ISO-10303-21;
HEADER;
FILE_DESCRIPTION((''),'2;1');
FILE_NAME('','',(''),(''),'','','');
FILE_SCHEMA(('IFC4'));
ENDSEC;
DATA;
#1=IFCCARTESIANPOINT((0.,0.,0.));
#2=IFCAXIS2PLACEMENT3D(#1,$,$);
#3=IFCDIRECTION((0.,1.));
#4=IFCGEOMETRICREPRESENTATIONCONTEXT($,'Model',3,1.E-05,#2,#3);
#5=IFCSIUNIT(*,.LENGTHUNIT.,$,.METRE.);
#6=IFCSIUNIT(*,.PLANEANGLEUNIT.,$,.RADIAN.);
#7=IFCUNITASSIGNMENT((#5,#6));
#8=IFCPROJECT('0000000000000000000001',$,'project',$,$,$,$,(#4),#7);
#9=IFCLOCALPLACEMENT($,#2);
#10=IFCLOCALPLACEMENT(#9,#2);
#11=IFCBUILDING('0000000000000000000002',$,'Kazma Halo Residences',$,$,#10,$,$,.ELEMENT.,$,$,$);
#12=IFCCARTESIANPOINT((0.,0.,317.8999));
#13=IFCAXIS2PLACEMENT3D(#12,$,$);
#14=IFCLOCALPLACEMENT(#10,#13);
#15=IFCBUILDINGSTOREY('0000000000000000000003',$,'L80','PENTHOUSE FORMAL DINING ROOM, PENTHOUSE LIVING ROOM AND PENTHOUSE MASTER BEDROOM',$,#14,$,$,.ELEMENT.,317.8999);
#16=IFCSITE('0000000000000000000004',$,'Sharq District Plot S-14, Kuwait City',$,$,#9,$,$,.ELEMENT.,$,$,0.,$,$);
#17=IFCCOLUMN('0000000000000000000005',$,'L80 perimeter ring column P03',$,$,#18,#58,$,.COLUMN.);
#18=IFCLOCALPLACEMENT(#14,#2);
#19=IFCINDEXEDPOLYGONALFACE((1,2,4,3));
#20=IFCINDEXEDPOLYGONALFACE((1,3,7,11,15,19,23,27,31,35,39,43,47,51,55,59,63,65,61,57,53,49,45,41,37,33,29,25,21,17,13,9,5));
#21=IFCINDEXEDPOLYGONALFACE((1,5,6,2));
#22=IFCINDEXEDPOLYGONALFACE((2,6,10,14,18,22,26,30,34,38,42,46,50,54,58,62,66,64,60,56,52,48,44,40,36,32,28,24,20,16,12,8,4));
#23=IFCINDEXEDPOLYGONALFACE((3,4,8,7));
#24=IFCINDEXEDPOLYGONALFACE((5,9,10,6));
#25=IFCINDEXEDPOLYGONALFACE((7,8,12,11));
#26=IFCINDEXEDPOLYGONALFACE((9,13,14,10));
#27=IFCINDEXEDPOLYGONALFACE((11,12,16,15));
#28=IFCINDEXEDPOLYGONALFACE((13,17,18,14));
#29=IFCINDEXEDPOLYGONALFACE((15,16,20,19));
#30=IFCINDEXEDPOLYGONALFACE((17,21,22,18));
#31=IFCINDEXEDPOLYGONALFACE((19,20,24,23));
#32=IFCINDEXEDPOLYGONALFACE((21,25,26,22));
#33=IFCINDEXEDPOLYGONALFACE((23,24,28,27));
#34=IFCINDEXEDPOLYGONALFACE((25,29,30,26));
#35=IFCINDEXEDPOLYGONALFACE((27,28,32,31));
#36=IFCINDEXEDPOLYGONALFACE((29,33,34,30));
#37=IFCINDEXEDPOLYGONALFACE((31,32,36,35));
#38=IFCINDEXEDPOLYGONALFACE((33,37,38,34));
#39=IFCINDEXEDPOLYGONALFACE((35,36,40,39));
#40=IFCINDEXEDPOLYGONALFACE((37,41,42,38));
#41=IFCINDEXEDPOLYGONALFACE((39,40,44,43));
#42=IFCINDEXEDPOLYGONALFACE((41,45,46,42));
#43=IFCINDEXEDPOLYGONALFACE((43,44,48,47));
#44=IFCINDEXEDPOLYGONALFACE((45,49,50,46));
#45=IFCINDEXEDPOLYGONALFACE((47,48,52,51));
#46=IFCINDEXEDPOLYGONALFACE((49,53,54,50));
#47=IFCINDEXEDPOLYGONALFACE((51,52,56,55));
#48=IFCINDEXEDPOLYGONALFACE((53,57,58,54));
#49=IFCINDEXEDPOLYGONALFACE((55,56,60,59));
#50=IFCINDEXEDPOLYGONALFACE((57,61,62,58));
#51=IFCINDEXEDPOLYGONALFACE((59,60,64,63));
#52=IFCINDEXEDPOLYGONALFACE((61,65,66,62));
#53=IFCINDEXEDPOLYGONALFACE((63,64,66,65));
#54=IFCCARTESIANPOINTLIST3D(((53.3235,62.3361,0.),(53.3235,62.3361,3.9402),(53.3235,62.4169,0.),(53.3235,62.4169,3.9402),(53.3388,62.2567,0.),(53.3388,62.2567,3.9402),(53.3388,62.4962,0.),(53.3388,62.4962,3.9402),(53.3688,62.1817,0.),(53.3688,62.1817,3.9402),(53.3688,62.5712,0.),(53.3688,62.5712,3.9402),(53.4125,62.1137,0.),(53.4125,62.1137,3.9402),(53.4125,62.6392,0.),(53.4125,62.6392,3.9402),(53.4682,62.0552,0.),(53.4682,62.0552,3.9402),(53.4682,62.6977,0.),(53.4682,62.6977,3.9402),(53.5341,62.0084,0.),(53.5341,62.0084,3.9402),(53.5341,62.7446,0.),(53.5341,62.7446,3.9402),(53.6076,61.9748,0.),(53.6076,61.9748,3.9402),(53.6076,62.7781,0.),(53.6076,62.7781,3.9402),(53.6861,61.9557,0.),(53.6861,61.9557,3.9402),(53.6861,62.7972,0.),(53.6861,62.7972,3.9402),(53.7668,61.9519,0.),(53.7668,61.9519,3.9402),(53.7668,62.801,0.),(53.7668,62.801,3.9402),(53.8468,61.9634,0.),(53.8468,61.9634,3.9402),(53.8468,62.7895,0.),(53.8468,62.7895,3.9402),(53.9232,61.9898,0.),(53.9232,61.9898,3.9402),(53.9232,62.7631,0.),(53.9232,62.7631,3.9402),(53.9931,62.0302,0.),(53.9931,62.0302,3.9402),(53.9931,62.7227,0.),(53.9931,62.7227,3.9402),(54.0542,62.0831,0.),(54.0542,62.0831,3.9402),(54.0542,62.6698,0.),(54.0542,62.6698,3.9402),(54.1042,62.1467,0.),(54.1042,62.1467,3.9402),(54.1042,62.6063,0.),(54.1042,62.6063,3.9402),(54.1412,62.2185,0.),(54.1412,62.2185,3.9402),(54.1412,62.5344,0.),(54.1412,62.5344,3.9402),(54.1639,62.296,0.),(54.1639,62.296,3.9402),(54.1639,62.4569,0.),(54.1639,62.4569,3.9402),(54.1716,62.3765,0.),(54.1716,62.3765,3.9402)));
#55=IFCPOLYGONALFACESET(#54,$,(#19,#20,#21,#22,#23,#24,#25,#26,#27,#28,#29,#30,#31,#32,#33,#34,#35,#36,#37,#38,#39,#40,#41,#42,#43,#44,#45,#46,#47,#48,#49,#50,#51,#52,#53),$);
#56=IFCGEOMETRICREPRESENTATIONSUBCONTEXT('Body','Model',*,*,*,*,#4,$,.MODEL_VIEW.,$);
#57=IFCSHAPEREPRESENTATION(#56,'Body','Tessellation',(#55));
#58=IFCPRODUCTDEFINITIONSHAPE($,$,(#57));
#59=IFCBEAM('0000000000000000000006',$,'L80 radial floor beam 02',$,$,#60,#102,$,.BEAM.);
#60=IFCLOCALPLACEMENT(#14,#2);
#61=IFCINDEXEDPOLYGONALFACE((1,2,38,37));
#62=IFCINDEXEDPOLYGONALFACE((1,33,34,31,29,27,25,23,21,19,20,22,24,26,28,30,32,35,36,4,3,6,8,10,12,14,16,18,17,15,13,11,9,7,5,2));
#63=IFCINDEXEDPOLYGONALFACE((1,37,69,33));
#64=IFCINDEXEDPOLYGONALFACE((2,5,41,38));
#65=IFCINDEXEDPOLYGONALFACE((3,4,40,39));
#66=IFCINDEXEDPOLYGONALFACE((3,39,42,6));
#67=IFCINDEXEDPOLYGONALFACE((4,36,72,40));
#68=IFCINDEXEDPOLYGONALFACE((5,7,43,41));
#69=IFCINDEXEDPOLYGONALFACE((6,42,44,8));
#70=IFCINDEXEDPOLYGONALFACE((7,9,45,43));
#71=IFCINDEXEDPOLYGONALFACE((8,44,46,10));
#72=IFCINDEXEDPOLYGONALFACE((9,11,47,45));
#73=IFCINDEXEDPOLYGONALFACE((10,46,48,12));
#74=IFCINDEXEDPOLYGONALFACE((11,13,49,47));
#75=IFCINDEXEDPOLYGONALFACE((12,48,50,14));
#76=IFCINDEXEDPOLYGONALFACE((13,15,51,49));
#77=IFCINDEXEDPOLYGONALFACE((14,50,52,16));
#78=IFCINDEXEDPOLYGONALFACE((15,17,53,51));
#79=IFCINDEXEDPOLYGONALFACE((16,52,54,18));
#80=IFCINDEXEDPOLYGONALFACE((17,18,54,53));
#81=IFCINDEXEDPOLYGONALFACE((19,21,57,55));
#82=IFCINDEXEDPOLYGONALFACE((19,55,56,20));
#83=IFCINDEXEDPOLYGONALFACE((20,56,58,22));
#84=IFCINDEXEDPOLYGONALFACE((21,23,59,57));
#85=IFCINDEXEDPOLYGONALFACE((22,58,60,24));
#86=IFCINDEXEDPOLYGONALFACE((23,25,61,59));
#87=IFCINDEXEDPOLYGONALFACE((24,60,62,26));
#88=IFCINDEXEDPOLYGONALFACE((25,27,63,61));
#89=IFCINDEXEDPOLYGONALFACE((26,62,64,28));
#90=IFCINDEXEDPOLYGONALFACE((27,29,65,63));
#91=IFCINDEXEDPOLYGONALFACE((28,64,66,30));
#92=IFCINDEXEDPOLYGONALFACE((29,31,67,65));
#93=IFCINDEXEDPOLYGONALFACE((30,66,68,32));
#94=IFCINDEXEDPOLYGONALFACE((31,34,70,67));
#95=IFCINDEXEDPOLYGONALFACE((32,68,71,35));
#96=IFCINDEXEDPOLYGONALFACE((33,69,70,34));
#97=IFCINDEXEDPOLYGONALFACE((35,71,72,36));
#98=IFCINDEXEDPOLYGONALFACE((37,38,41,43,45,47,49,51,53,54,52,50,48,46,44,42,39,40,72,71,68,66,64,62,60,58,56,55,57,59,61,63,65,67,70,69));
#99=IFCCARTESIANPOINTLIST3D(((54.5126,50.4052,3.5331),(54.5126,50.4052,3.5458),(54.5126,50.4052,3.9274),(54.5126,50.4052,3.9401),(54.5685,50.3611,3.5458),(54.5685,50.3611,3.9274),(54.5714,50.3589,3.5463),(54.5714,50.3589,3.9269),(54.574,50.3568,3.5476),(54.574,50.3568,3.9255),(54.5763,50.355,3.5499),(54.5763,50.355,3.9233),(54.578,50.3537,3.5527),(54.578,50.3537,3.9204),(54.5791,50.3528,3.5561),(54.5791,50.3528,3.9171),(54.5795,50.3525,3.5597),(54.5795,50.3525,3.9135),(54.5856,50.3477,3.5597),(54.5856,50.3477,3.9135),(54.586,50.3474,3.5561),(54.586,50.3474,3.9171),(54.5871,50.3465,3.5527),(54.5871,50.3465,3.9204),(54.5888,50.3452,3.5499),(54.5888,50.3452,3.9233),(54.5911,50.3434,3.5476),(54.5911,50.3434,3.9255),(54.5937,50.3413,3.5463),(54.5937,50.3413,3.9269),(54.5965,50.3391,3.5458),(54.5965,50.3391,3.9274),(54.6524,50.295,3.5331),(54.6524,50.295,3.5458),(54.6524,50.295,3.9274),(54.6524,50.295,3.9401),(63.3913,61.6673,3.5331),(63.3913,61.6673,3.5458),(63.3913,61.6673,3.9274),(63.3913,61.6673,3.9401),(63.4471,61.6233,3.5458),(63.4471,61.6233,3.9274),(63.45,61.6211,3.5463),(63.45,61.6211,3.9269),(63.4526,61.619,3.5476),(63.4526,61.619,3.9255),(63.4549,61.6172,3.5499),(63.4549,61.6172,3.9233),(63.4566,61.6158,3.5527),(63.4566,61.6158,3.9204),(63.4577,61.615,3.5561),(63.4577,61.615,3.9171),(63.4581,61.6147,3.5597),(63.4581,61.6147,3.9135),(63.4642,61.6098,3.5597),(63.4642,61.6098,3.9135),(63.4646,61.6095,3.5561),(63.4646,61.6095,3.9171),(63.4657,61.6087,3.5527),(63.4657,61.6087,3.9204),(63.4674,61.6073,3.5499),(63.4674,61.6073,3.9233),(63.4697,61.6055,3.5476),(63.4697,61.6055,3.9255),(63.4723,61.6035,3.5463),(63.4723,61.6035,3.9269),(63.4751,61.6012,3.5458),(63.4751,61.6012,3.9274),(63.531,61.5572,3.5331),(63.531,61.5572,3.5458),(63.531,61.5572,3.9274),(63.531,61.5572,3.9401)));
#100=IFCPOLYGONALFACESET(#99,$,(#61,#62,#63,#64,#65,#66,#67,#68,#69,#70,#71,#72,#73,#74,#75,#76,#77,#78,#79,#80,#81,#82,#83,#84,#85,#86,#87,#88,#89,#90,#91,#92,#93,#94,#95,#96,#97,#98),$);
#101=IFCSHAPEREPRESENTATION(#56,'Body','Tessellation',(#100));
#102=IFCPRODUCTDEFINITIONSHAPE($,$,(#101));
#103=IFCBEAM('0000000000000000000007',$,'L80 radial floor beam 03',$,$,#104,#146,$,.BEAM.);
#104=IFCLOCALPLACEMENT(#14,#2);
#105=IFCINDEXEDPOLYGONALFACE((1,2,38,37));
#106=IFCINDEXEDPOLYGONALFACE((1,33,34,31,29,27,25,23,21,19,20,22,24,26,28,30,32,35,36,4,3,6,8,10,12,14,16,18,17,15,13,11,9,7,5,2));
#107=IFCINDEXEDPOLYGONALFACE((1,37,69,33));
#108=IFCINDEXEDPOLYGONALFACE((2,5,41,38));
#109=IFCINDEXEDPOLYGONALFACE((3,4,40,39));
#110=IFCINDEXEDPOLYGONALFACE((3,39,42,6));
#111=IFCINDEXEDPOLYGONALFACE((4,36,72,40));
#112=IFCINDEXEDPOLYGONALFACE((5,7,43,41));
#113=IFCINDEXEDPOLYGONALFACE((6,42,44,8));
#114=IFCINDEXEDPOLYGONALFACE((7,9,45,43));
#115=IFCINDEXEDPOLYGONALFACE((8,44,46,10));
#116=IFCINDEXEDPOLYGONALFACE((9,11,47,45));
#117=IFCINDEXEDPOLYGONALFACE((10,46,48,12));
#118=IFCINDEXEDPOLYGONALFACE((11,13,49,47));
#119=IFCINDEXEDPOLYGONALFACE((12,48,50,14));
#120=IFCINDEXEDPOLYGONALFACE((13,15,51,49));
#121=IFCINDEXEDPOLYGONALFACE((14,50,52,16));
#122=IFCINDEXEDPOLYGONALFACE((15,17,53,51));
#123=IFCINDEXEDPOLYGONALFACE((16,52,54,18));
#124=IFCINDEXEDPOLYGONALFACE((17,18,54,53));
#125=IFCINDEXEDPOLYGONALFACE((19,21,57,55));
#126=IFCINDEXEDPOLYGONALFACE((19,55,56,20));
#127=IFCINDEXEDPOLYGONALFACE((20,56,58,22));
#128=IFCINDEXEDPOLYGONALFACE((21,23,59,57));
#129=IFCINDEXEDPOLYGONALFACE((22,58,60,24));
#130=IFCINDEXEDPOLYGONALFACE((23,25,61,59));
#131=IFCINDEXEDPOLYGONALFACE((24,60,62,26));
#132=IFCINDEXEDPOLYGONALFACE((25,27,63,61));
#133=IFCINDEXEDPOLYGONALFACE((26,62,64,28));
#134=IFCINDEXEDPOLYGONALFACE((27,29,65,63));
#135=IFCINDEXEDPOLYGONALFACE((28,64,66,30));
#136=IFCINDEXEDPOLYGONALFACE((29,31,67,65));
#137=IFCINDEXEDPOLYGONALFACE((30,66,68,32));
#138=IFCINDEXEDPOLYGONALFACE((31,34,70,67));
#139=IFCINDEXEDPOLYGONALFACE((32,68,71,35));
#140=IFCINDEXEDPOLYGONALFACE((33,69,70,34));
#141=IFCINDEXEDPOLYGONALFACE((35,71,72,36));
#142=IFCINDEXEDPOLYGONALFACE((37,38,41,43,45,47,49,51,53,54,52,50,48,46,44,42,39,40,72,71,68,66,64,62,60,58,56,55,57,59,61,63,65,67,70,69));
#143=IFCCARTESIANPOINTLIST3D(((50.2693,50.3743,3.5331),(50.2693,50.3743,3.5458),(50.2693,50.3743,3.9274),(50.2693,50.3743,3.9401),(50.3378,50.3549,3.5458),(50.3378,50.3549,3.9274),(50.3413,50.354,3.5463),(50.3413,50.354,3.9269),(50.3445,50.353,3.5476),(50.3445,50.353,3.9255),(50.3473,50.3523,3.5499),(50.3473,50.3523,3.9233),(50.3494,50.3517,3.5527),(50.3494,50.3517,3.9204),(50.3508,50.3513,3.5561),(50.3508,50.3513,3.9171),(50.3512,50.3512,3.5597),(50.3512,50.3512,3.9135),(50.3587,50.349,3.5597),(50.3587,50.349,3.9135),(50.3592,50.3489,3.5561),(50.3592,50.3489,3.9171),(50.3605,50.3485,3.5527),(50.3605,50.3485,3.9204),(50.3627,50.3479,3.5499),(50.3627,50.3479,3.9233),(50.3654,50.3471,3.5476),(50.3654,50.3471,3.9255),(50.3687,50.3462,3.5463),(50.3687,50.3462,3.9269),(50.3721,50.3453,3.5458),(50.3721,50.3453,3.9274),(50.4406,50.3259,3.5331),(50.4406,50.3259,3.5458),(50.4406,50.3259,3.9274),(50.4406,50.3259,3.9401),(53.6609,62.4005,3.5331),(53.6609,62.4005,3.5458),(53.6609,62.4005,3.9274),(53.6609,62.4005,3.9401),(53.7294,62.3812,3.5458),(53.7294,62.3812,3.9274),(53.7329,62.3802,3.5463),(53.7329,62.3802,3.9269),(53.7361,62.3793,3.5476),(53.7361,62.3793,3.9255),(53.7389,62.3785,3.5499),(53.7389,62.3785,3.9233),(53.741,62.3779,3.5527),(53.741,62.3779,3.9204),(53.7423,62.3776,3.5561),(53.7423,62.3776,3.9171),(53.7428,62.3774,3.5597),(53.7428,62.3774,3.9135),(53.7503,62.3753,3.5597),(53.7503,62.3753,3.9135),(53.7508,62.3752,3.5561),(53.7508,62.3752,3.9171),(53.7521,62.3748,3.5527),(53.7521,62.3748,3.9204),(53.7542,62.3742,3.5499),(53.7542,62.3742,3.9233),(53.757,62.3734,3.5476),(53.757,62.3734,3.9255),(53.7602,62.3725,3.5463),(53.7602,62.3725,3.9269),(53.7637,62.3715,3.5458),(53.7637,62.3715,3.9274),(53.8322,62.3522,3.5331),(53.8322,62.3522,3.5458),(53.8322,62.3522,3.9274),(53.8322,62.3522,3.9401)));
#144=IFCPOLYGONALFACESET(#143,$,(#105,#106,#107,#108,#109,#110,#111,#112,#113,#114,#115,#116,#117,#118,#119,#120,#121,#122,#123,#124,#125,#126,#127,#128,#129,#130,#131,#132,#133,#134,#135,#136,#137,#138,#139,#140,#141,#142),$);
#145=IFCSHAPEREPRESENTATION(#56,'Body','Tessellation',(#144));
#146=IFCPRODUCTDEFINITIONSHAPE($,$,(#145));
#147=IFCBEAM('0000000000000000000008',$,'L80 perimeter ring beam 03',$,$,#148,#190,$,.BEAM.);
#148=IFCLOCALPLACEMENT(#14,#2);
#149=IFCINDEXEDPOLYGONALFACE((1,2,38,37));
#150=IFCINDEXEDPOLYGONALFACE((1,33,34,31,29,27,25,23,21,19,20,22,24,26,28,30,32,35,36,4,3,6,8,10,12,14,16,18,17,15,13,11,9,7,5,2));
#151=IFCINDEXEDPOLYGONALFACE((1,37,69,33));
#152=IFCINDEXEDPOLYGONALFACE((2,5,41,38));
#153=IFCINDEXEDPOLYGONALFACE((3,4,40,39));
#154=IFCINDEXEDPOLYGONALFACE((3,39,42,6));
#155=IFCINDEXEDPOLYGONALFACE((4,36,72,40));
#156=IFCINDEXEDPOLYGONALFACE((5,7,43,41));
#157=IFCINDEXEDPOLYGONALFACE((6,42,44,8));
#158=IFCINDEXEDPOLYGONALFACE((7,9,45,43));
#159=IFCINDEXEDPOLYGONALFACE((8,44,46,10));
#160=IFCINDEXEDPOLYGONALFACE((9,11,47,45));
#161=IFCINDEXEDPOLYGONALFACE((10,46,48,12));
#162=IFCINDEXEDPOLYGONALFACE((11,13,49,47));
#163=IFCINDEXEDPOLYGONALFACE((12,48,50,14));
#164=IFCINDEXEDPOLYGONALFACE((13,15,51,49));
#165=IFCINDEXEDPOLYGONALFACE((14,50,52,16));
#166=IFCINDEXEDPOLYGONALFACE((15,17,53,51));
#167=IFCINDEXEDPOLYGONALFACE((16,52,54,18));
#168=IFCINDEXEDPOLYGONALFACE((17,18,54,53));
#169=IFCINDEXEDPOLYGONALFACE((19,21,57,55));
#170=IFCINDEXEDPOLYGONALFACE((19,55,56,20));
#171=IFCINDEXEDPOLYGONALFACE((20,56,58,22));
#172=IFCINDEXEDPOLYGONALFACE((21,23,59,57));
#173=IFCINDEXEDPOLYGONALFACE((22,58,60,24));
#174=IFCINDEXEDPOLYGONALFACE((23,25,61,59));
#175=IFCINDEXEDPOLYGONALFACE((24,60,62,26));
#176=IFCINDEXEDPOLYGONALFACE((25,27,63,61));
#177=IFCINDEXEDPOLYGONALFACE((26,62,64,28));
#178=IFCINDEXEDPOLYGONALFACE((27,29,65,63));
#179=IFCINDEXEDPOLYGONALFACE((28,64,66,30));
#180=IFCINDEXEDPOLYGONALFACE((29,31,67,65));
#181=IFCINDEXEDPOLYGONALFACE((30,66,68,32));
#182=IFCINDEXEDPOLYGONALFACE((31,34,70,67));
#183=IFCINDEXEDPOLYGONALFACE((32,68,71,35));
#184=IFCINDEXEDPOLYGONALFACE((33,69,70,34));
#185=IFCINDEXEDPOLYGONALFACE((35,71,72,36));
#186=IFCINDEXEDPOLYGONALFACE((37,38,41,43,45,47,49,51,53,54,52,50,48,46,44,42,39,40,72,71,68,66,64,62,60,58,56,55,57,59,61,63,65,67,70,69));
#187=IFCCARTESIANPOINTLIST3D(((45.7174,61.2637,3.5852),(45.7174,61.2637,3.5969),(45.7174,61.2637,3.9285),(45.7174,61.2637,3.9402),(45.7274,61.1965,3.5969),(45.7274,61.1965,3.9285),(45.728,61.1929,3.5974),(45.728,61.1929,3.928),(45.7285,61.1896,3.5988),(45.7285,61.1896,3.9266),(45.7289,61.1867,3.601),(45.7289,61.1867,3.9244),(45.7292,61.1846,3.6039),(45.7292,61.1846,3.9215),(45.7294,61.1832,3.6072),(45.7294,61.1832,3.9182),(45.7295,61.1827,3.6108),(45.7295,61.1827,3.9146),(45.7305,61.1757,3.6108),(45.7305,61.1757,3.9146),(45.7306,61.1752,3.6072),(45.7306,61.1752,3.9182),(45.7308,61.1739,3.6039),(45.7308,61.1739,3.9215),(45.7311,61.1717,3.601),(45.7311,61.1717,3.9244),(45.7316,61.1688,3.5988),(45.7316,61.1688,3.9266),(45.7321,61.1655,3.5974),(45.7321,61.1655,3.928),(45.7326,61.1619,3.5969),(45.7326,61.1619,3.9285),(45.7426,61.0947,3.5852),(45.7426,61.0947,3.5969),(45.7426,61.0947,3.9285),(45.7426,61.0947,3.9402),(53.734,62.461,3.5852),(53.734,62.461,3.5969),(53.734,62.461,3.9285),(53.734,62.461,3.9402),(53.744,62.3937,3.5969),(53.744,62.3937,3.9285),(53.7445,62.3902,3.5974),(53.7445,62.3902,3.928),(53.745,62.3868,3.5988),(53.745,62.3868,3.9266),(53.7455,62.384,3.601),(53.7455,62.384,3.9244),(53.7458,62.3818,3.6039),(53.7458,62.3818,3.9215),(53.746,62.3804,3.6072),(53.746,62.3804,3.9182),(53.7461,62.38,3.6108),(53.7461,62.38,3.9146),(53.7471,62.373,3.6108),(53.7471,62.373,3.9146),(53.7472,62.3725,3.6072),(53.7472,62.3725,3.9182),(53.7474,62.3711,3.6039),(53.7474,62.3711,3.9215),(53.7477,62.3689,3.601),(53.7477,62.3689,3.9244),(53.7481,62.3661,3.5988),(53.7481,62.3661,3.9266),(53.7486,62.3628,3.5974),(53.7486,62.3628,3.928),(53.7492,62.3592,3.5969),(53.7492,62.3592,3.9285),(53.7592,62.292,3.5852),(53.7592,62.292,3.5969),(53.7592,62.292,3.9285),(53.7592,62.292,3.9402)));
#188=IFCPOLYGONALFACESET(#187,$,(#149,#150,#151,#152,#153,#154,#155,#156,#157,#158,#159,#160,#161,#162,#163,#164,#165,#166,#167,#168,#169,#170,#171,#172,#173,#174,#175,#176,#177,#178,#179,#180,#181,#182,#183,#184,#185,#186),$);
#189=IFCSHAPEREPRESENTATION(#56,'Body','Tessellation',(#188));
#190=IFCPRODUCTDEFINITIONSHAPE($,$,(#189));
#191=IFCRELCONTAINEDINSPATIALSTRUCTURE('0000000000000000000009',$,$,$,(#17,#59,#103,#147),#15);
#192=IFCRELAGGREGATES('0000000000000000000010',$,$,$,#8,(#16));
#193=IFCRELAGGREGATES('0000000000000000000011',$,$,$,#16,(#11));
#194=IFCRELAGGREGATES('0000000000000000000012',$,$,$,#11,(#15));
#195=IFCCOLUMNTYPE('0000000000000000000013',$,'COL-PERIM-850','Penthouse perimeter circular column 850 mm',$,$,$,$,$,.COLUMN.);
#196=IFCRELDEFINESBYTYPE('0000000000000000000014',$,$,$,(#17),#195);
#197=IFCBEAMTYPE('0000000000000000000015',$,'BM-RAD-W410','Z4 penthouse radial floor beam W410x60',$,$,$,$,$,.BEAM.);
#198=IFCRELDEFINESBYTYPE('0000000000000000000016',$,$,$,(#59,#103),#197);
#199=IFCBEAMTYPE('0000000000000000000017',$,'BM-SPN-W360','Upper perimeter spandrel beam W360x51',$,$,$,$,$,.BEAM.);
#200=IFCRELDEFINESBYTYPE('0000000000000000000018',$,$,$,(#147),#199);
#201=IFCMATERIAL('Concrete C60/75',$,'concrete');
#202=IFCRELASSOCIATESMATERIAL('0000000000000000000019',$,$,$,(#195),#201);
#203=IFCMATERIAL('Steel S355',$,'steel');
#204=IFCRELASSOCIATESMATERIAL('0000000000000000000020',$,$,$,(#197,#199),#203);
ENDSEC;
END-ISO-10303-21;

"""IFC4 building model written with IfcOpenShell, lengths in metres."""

from ifc_helpers import new_model, si_unit, direction, frame, origin, origin_2d, place, context, subcontext, project, spatial, circle, i_section, extrude, material, material_profile, profile_set, type_object, element, save


model = new_model("IFC4")

# Units and contexts
model_context = context("Model", 3, precision=1e-05, world=origin(), true_north=direction((0.0, 1.0)))
body_context = subcontext(model_context, "Body", "Model", "MODEL_VIEW")
ifc_project = project(units=[si_unit("LENGTHUNIT", "METRE"), si_unit("PLANEANGLEUNIT", "RADIAN")], contexts=[model_context])

# Site, building, storey
site_placement = place(None, origin())
site = spatial("IfcSite", under=ifc_project, at=site_placement, Name="Sharq District Plot S-14, Kuwait City", CompositionType="ELEMENT", RefElevation=0.0)
building_placement = place(site_placement, origin())
building = spatial("IfcBuilding", under=site, at=building_placement, Name="Kazma Halo Residences", CompositionType="ELEMENT")
storey_placement = place(building_placement, frame((0.0, 0.0, 317.8999)))
storey = spatial("IfcBuildingStorey", under=building, at=storey_placement, Name="L80", Description="PENTHOUSE FORMAL DINING ROOM, PENTHOUSE LIVING ROOM AND PENTHOUSE MASTER BEDROOM", CompositionType="ELEMENT", Elevation=317.8999)

# Column
ifc_material_1 = material(Name="Concrete C60/75", Category="concrete")
ifc_material_profile_1 = material_profile(ifc_material_1, circle(Radius=0.425, at=origin_2d()), Name="CIRC850")
ifc_profile_set_1 = profile_set([ifc_material_profile_1], Name="Concrete C60/75")
column_type = type_object("IfcColumnType", Name="COL-PERIM-850", Description="Penthouse perimeter circular column 850 mm", PredefinedType="COLUMN", material=ifc_profile_set_1)
column_placement = place(storey_placement, frame((53.7466, 62.3765, 0.0), z_axis=(0.0, 0.0, 1.0), x_axis=(1.0, 0.0, 0.0)))
element("IfcColumn", 1, at=column_placement, inside=storey, type_object=column_type, Name="L80 perimeter ring column P03", PredefinedType="COLUMN", context=body_context, shape_type="SweptSolid", body=[
    extrude(circle(Radius=0.425, at=origin_2d()), origin(), (0.0, 0.0, 1.0), 3.9402),
])

# Beams
ifc_material_2 = material(Name="Steel S355", Category="steel")
ifc_material_profile_2 = material_profile(ifc_material_2, i_section(OverallWidth=0.178, OverallDepth=0.407, WebThickness=0.0078, FlangeThickness=0.0127, FilletRadius=0.0139, at=origin_2d()), Name="W410x60")
ifc_profile_set_2 = profile_set([ifc_material_profile_2], Name="Steel S355")
beam_type_1 = type_object("IfcBeamType", Name="BM-RAD-W410", Description="Z4 penthouse radial floor beam W410x60", PredefinedType="BEAM", material=ifc_profile_set_2)
beam_1_placement = place(storey_placement, frame((54.5825, 50.3501, 3.7366), z_axis=(0.619105, 0.785308, 0.0), x_axis=(-0.785308, 0.619105, 0.0)))
element("IfcBeam", 2, at=beam_1_placement, inside=storey, type_object=beam_type_1, Name="L80 radial floor beam 02", PredefinedType="BEAM", context=body_context, shape_type="SweptSolid", body=[
    extrude(i_section(OverallWidth=0.178, OverallDepth=0.407, WebThickness=0.0078, FlangeThickness=0.0127, FilletRadius=0.0139, at=origin_2d()), origin(), (0.0, 0.0, 1.0), 14.3411),
])
beam_2_placement = place(storey_placement, frame((50.355, 50.3501, 3.7366), z_axis=(0.271427, 0.962459, 0.0), x_axis=(-0.962459, 0.271427, 0.0)))
element("IfcBeam", 3, at=beam_2_placement, inside=storey, type_object=beam_type_1, Name="L80 radial floor beam 03", PredefinedType="BEAM", context=body_context, shape_type="SweptSolid", body=[
    extrude(i_section(OverallWidth=0.178, OverallDepth=0.407, WebThickness=0.0078, FlangeThickness=0.0127, FilletRadius=0.0139, at=origin_2d()), origin(), (0.0, 0.0, 1.0), 12.4954),
])
ifc_material_profile_3 = material_profile(ifc_material_2, i_section(OverallWidth=0.1709, OverallDepth=0.355, WebThickness=0.0071, FlangeThickness=0.0117, FilletRadius=0.0139, at=origin_2d()), Name="W360x51")
ifc_profile_set_3 = profile_set([ifc_material_profile_3], Name="Steel S355")
beam_type_2 = type_object("IfcBeamType", Name="BM-SPN-W360", Description="Upper perimeter spandrel beam W360x51", PredefinedType="BEAM", material=ifc_profile_set_3)
beam_3_placement = place(storey_placement, frame((53.7466, 62.3765, 3.7627), z_axis=(-0.989031, -0.14771, 0.0), x_axis=(0.14771, -0.989031, 0.0)))
element("IfcBeam", 4, at=beam_3_placement, inside=storey, type_object=beam_type_2, Name="L80 perimeter ring beam 03", PredefinedType="BEAM", context=body_context, shape_type="SweptSolid", body=[
    extrude(i_section(OverallWidth=0.1709, OverallDepth=0.355, WebThickness=0.0071, FlangeThickness=0.0117, FilletRadius=0.0139, at=origin_2d()), origin(), (0.0, 0.0, 1.0), 8.1055),
])

save(model, "model.ifc")
